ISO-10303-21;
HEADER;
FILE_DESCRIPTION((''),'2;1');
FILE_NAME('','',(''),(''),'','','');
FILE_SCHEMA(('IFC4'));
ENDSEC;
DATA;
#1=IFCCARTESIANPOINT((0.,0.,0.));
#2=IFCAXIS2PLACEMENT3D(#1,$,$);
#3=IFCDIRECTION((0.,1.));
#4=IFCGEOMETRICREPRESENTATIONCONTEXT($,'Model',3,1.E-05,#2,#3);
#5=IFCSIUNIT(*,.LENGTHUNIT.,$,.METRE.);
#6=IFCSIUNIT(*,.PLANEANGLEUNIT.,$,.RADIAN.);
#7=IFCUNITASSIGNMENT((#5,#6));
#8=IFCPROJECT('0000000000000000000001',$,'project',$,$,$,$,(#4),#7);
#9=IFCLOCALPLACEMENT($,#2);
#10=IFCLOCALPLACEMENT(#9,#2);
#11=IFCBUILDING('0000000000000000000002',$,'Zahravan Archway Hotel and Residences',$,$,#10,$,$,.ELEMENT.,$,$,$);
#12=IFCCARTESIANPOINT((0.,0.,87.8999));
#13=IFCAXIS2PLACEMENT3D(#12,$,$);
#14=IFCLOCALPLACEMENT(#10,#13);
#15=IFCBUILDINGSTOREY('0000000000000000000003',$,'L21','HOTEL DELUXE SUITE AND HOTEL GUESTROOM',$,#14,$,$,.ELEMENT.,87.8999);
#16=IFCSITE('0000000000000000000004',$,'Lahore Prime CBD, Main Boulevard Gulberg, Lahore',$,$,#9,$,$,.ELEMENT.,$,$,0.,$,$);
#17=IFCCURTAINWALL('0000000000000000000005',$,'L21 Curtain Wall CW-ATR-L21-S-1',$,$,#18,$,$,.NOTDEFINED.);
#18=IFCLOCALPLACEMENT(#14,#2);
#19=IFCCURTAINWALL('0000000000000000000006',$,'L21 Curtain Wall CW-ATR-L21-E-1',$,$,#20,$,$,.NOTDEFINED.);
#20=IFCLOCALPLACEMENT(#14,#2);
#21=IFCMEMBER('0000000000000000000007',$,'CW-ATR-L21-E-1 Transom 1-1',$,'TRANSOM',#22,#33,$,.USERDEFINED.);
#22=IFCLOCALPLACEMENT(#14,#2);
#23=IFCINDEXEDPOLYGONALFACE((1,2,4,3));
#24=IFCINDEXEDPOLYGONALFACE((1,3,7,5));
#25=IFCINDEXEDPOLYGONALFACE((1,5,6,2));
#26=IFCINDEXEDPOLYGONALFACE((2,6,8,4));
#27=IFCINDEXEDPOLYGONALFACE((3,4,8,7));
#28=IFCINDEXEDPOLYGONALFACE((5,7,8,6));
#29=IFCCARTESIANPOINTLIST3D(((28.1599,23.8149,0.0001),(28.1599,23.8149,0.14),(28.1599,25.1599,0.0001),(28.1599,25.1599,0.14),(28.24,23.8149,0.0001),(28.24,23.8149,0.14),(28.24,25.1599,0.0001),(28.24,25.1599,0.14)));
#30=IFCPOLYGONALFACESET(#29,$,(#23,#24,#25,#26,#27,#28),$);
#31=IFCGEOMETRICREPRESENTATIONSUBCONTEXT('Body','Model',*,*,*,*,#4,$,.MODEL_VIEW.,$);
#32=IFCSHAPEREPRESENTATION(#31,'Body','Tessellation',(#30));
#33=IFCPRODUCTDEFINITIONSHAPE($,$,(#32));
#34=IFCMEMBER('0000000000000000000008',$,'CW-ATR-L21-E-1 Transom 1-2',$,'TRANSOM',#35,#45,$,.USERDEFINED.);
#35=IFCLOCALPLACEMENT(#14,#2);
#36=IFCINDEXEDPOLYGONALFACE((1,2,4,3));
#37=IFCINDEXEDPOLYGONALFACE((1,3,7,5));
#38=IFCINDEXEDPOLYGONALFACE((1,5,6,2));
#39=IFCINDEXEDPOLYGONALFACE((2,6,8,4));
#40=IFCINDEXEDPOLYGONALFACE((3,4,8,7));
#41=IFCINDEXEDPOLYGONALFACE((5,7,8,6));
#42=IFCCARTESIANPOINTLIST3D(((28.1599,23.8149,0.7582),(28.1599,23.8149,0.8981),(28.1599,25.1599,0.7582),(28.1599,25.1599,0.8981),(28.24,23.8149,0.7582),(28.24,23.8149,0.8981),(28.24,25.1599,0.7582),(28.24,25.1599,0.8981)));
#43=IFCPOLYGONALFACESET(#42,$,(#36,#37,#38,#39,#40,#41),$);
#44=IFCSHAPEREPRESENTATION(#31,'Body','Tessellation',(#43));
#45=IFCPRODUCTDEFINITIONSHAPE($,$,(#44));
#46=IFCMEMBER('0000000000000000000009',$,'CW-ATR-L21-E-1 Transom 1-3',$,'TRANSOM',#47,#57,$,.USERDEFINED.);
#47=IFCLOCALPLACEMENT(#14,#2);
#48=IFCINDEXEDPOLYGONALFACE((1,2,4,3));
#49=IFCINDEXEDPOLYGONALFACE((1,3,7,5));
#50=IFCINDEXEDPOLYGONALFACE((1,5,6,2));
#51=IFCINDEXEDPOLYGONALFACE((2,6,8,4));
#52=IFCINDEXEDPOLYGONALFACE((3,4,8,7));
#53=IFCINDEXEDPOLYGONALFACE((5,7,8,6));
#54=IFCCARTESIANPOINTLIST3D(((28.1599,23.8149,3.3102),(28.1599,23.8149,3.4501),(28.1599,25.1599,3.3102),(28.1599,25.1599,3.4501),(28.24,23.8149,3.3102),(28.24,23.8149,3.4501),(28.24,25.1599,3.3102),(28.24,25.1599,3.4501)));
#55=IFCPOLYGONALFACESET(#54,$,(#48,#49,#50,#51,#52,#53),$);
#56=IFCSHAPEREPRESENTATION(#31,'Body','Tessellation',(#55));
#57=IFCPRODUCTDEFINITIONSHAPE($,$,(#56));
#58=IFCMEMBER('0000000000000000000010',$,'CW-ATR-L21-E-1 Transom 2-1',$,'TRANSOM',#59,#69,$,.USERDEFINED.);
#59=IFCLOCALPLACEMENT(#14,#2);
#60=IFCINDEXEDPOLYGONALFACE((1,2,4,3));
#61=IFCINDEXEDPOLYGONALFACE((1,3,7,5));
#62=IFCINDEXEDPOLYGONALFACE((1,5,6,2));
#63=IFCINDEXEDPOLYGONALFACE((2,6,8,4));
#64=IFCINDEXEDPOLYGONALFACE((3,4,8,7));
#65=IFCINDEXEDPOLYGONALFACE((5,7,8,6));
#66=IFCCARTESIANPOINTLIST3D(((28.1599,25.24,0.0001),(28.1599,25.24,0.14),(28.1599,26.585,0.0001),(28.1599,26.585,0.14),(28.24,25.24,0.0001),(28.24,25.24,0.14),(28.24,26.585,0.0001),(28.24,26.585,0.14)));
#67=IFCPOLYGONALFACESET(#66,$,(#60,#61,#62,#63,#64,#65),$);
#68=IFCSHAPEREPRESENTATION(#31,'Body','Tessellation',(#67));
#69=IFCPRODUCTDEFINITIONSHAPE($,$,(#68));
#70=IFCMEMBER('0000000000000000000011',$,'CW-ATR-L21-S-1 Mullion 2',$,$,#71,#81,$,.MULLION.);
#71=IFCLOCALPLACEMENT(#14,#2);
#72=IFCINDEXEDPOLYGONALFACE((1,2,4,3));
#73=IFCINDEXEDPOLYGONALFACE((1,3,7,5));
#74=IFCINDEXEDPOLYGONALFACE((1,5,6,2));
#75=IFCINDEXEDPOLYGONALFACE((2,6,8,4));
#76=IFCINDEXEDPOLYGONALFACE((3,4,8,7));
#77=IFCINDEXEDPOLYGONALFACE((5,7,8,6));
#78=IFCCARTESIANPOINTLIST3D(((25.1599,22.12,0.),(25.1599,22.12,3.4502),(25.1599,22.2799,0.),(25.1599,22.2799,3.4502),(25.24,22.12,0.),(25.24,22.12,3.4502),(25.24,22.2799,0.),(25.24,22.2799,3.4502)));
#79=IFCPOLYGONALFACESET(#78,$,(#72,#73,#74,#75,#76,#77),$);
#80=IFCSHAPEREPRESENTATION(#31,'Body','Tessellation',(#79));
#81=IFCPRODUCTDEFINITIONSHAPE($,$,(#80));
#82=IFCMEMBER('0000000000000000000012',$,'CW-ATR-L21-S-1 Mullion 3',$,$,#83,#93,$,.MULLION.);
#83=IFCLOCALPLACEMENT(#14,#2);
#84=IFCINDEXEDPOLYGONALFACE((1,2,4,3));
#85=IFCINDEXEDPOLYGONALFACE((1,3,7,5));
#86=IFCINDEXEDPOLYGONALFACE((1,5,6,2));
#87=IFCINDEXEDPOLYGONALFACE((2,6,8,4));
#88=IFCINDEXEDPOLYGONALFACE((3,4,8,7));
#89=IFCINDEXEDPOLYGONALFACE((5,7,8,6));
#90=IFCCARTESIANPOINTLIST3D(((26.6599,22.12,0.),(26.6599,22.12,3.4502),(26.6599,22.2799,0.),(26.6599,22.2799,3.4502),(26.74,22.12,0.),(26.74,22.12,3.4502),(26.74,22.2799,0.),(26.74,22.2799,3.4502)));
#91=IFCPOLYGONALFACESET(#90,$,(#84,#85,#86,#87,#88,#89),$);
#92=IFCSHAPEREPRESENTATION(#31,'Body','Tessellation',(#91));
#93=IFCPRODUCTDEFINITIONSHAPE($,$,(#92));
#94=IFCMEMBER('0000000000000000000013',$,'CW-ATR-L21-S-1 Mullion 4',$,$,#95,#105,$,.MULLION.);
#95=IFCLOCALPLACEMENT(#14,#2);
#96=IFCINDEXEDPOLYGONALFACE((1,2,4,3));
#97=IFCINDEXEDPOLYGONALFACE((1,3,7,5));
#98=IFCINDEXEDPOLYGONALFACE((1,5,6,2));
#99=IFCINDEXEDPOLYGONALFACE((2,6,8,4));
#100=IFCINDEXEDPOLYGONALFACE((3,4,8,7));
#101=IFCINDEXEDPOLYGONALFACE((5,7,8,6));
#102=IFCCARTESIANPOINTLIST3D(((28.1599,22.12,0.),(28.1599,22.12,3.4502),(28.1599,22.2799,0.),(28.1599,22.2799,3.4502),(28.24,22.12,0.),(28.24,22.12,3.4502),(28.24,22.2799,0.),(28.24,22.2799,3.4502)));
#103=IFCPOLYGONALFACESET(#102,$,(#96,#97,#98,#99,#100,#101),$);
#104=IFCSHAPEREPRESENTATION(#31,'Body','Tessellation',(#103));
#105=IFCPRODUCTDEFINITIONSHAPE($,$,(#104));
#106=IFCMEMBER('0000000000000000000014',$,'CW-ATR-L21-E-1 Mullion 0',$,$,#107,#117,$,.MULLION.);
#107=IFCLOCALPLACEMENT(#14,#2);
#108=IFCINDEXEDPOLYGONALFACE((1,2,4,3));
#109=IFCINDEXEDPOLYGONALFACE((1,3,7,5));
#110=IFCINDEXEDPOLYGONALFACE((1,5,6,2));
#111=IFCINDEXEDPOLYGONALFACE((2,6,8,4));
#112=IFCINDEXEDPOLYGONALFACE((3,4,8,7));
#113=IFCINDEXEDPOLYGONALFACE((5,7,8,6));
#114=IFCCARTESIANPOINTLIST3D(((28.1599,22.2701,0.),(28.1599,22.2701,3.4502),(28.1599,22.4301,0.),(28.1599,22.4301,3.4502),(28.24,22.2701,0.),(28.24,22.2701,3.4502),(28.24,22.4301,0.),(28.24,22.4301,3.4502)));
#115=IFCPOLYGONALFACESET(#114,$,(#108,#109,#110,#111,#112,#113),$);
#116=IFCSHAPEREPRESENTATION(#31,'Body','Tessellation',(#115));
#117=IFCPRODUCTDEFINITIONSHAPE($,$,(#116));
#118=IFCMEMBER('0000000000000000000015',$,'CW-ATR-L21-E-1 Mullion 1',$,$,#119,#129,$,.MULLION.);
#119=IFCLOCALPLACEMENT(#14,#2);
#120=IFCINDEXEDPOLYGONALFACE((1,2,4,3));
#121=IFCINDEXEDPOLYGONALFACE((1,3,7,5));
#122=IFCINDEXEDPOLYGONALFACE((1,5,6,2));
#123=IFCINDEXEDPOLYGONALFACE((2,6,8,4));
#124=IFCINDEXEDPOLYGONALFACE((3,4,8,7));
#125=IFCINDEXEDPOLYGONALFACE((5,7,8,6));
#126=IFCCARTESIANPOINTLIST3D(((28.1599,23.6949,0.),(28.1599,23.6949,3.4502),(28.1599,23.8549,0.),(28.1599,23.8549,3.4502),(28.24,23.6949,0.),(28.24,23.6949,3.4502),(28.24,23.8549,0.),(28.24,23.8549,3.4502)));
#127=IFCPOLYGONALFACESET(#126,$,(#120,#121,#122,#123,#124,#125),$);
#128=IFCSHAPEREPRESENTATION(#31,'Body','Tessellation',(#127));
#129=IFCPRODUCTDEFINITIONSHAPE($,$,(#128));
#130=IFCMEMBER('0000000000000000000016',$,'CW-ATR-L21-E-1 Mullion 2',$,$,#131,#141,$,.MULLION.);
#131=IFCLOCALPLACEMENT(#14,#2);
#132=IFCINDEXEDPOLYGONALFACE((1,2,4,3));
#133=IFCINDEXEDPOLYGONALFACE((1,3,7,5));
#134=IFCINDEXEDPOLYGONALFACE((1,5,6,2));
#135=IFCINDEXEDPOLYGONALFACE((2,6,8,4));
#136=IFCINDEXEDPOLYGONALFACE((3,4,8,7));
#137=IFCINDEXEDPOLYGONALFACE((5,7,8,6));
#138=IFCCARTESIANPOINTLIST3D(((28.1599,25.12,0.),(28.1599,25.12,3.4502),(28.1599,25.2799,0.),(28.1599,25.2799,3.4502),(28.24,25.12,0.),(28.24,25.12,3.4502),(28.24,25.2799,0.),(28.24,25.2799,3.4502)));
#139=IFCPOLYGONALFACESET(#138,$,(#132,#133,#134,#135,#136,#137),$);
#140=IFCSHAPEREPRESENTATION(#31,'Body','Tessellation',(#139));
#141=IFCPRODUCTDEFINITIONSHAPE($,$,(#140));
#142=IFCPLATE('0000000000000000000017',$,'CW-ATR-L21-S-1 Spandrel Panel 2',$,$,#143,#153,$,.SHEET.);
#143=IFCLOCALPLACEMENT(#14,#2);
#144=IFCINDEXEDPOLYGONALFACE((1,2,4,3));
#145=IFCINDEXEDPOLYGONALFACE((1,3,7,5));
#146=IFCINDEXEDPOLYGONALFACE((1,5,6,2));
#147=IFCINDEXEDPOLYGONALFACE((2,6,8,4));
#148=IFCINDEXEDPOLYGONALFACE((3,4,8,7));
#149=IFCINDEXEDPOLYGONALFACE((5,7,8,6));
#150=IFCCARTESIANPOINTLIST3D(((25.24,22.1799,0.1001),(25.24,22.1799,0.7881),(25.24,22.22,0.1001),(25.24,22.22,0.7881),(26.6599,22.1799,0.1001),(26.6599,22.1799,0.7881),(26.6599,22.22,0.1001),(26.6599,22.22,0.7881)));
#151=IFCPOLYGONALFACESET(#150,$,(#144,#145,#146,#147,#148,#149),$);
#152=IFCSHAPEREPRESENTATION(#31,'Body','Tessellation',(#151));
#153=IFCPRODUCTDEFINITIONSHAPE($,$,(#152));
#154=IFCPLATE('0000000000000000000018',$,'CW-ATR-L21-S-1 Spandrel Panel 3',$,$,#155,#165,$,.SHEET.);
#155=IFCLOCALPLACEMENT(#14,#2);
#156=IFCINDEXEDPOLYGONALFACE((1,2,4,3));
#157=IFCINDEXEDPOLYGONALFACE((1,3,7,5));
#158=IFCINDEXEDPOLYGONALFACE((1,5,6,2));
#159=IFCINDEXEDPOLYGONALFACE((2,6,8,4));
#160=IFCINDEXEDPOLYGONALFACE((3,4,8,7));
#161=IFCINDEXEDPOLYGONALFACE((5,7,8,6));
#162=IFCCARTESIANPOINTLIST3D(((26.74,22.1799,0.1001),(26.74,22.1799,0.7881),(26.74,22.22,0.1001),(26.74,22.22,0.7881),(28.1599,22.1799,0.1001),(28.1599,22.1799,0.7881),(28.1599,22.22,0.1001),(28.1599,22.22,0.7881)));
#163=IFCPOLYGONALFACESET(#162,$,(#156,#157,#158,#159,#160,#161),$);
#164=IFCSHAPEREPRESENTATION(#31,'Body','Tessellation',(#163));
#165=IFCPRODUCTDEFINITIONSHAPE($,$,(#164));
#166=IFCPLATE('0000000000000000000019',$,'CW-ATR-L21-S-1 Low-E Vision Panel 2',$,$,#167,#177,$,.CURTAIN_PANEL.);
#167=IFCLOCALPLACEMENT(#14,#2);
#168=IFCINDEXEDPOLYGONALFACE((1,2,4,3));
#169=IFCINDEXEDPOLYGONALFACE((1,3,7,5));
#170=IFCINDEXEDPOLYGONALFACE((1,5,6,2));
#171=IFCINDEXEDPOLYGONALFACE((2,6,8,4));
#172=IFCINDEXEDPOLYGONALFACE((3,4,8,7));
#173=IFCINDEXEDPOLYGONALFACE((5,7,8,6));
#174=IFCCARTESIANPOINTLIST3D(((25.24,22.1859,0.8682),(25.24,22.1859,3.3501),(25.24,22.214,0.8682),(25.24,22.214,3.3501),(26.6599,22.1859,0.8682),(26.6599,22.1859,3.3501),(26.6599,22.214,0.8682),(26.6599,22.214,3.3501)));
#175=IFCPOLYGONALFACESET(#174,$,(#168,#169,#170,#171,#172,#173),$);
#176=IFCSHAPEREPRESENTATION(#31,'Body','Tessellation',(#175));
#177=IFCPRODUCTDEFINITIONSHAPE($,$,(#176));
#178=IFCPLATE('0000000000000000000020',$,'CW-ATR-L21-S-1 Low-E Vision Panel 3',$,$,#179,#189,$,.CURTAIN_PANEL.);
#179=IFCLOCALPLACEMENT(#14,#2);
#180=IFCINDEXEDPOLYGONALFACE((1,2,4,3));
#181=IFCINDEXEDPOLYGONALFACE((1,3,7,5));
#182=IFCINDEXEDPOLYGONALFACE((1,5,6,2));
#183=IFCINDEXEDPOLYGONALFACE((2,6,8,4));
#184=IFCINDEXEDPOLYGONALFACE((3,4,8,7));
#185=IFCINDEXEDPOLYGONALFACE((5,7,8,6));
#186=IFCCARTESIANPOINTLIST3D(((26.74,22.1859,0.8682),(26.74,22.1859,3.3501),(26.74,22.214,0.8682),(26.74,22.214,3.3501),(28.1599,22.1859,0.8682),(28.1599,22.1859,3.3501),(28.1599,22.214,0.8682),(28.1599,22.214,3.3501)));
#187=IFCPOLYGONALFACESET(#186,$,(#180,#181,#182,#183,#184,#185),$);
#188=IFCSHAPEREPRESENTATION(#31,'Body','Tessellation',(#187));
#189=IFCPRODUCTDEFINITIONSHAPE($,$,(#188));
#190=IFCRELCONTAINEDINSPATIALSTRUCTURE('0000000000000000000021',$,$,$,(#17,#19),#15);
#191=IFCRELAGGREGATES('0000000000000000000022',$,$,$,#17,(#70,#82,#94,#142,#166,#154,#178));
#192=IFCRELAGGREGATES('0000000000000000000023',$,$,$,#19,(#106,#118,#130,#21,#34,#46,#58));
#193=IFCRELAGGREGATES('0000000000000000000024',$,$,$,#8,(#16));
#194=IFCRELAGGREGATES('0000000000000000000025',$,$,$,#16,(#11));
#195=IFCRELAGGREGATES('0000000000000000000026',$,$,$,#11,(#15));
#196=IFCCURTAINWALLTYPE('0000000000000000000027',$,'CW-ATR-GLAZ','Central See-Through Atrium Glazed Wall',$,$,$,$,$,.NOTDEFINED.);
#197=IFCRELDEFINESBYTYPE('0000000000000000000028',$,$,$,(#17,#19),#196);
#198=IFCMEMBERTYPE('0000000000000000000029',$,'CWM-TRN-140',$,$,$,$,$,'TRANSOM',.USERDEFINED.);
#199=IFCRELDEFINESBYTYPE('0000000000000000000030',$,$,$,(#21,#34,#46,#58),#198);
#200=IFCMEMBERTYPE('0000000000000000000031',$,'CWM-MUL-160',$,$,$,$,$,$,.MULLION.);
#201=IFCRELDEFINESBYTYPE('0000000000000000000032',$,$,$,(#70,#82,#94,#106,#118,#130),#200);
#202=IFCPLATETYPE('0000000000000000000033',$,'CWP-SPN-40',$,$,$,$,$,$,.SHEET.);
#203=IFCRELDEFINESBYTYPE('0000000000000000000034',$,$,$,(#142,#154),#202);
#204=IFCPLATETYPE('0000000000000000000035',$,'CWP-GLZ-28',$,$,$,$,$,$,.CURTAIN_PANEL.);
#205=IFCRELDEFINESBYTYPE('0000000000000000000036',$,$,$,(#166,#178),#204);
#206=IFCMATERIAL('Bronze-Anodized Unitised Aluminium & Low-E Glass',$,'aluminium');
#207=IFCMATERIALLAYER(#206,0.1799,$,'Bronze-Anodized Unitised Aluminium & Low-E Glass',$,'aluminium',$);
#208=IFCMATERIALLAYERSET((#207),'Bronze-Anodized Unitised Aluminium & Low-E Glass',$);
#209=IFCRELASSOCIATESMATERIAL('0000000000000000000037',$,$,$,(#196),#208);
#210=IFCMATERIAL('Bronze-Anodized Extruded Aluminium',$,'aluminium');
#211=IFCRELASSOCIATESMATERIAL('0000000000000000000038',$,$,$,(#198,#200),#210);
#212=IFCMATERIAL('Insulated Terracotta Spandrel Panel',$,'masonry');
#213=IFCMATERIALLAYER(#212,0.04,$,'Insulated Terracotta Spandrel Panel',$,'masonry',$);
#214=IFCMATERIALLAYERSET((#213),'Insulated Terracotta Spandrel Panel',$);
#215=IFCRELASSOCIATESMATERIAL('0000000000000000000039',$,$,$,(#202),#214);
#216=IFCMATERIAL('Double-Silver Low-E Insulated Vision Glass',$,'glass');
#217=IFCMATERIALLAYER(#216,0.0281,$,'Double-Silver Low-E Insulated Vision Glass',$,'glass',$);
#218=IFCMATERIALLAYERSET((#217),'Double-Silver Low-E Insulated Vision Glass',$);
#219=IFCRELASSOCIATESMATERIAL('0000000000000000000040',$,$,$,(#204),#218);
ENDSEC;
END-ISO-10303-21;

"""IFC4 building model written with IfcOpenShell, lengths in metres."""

from ifc_helpers import new_model, si_unit, direction, frame, origin, origin_2d, place, context, subcontext, project, spatial, rectangle, extrude, source, transform, mapped, material, layer, layer_set, material_profile, profile_set, type_object, element, aggregate, save


model = new_model("IFC4")

# Units and contexts
model_context = context("Model", 3, precision=1e-05, world=origin(), true_north=direction((0.0, 1.0)))
body_context = subcontext(model_context, "Body", "Model", "MODEL_VIEW")
ifc_project = project(units=[si_unit("LENGTHUNIT", "METRE"), si_unit("PLANEANGLEUNIT", "RADIAN")], contexts=[model_context])

# Site, building, storey
site_placement = place(None, origin())
site = spatial("IfcSite", under=ifc_project, at=site_placement, Name="Lahore Prime CBD, Main Boulevard Gulberg, Lahore", CompositionType="ELEMENT", RefElevation=0.0)
building_placement = place(site_placement, origin())
building = spatial("IfcBuilding", under=site, at=building_placement, Name="Zahravan Archway Hotel and Residences", CompositionType="ELEMENT")
storey_placement = place(building_placement, frame((0.0, 0.0, 87.8999)))
storey = spatial("IfcBuildingStorey", under=building, at=storey_placement, Name="L21", Description="HOTEL DELUXE SUITE AND HOTEL GUESTROOM", CompositionType="ELEMENT", Elevation=87.8999)

# Curtain walls, members
ifc_material_1 = material(Name="Bronze-Anodized Unitised Aluminium & Low-E Glass", Category="aluminium")
ifc_layer_1 = layer(ifc_material_1, 0.1799, Name="Bronze-Anodized Unitised Aluminium & Low-E Glass", Category="aluminium")
ifc_layer_set_1 = layer_set([ifc_layer_1], Name="Bronze-Anodized Unitised Aluminium & Low-E Glass")
curtain_wall_type = type_object("IfcCurtainWallType", Name="CW-ATR-GLAZ", Description="Central See-Through Atrium Glazed Wall", PredefinedType="NOTDEFINED", material=ifc_layer_set_1)
curtain_wall_1_placement = place(storey_placement, origin())
curtain_wall_1 = element("IfcCurtainWall", 1, at=curtain_wall_1_placement, inside=storey, type_object=curtain_wall_type, Name="L21 Curtain Wall CW-ATR-L21-S-1", PredefinedType="NOTDEFINED")
ifc_material_2 = material(Name="Bronze-Anodized Extruded Aluminium", Category="aluminium")
ifc_material_profile_1 = material_profile(ifc_material_2, rectangle(XDim=0.0801, YDim=0.1399, at=origin_2d()), Name="TRN 80x140", Category="aluminium")
ifc_profile_set_1 = profile_set([ifc_material_profile_1], Name="Bronze-Anodized Extruded Aluminium")
member_type_1 = type_object("IfcMemberType", Name="CWM-TRN-140", ElementType="TRANSOM", PredefinedType="USERDEFINED", material=ifc_profile_set_1)
curtain_wall_2_placement = place(storey_placement, origin())
curtain_wall_2 = element("IfcCurtainWall", 2, at=curtain_wall_2_placement, inside=storey, type_object=curtain_wall_type, Name="L21 Curtain Wall CW-ATR-L21-E-1", PredefinedType="NOTDEFINED")
shared_shape_1 = source(origin(), body_context, "Body", "SweptSolid", [
    extrude(rectangle(XDim=0.0801, YDim=0.1399, at=origin_2d()), origin(), (0.0, 0.0, 1.0), 1.345),
])
member_1_placement = place(storey_placement, frame((28.2, 23.8149, 0.0701), z_axis=(0.0, 1.0, 0.0), x_axis=(-1.0, 0.0, 0.0)))
member_1 = element("IfcMember", 3, at=member_1_placement, type_object=member_type_1, Name="CW-ATR-L21-E-1 Transom 1-1", ObjectType="TRANSOM", PredefinedType="USERDEFINED", context=body_context, shape_type="MappedRepresentation", body=[
    mapped(shared_shape_1, transform((0.0, 0.0, 0.0), scale=1.0)),
])
member_2_placement = place(storey_placement, frame((28.2, 23.8149, 0.8281), z_axis=(0.0, 1.0, 0.0), x_axis=(-1.0, 0.0, 0.0)))
member_2 = element("IfcMember", 4, at=member_2_placement, type_object=member_type_1, Name="CW-ATR-L21-E-1 Transom 1-2", ObjectType="TRANSOM", PredefinedType="USERDEFINED", context=body_context, shape_type="MappedRepresentation", body=[
    mapped(shared_shape_1, transform((0.0, 0.0, 0.0), scale=1.0)),
])
member_3_placement = place(storey_placement, frame((28.2, 23.8149, 3.3801), z_axis=(0.0, 1.0, 0.0), x_axis=(-1.0, 0.0, 0.0)))
member_3 = element("IfcMember", 5, at=member_3_placement, type_object=member_type_1, Name="CW-ATR-L21-E-1 Transom 1-3", ObjectType="TRANSOM", PredefinedType="USERDEFINED", context=body_context, shape_type="MappedRepresentation", body=[
    mapped(shared_shape_1, transform((0.0, 0.0, 0.0), scale=1.0)),
])
member_4_placement = place(storey_placement, frame((28.2, 25.24, 0.0701), z_axis=(0.0, 1.0, 0.0), x_axis=(-1.0, 0.0, 0.0)))
member_4 = element("IfcMember", 6, at=member_4_placement, type_object=member_type_1, Name="CW-ATR-L21-E-1 Transom 2-1", ObjectType="TRANSOM", PredefinedType="USERDEFINED", context=body_context, shape_type="MappedRepresentation", body=[
    mapped(shared_shape_1, transform((0.0, 0.0, 0.0), scale=1.0)),
])

# Members
ifc_material_profile_2 = material_profile(ifc_material_2, rectangle(XDim=0.0801, YDim=0.1599, at=origin_2d()), Name="MUL 80x160", Category="aluminium")
ifc_profile_set_2 = profile_set([ifc_material_profile_2], Name="Bronze-Anodized Extruded Aluminium")
member_type_2 = type_object("IfcMemberType", Name="CWM-MUL-160", PredefinedType="MULLION", material=ifc_profile_set_2)
shared_shape_2 = source(origin(), body_context, "Body", "SweptSolid", [
    extrude(rectangle(XDim=0.0801, YDim=0.1599, at=origin_2d()), origin(), (0.0, 0.0, 1.0), 3.4502),
])
member_5_placement = place(storey_placement, frame((25.2, 22.2, 0.0), z_axis=(0.0, 0.0, 1.0), x_axis=(1.0, 0.0, 0.0)))
member_5 = element("IfcMember", 7, at=member_5_placement, type_object=member_type_2, Name="CW-ATR-L21-S-1 Mullion 2", PredefinedType="MULLION", context=body_context, shape_type="MappedRepresentation", body=[
    mapped(shared_shape_2, transform((0.0, 0.0, 0.0), scale=1.0)),
])
member_6_placement = place(storey_placement, frame((26.7, 22.2, 0.0), z_axis=(0.0, 0.0, 1.0), x_axis=(1.0, 0.0, 0.0)))
member_6 = element("IfcMember", 8, at=member_6_placement, type_object=member_type_2, Name="CW-ATR-L21-S-1 Mullion 3", PredefinedType="MULLION", context=body_context, shape_type="MappedRepresentation", body=[
    mapped(shared_shape_2, transform((0.0, 0.0, 0.0), scale=1.0)),
])
member_7_placement = place(storey_placement, frame((28.2, 22.2, 0.0), z_axis=(0.0, 0.0, 1.0), x_axis=(1.0, 0.0, 0.0)))
member_7 = element("IfcMember", 9, at=member_7_placement, type_object=member_type_2, Name="CW-ATR-L21-S-1 Mullion 4", PredefinedType="MULLION", context=body_context, shape_type="MappedRepresentation", body=[
    mapped(shared_shape_2, transform((0.0, 0.0, 0.0), scale=1.0)),
])
member_8_placement = place(storey_placement, frame((28.2, 22.3501, 0.0), z_axis=(0.0, 0.0, 1.0), x_axis=(1.0, 0.0, 0.0)))
member_8 = element("IfcMember", 10, at=member_8_placement, type_object=member_type_2, Name="CW-ATR-L21-E-1 Mullion 0", PredefinedType="MULLION", context=body_context, shape_type="MappedRepresentation", body=[
    mapped(shared_shape_2, transform((0.0, 0.0, 0.0), scale=1.0)),
])
member_9_placement = place(storey_placement, frame((28.2, 23.7749, 0.0), z_axis=(0.0, 0.0, 1.0), x_axis=(1.0, 0.0, 0.0)))
member_9 = element("IfcMember", 11, at=member_9_placement, type_object=member_type_2, Name="CW-ATR-L21-E-1 Mullion 1", PredefinedType="MULLION", context=body_context, shape_type="MappedRepresentation", body=[
    mapped(shared_shape_2, transform((0.0, 0.0, 0.0), scale=1.0)),
])
member_10_placement = place(storey_placement, frame((28.2, 25.2, 0.0), z_axis=(0.0, 0.0, 1.0), x_axis=(1.0, 0.0, 0.0)))
member_10 = element("IfcMember", 12, at=member_10_placement, type_object=member_type_2, Name="CW-ATR-L21-E-1 Mullion 2", PredefinedType="MULLION", context=body_context, shape_type="MappedRepresentation", body=[
    mapped(shared_shape_2, transform((0.0, 0.0, 0.0), scale=1.0)),
])

# Plates
ifc_material_3 = material(Name="Insulated Terracotta Spandrel Panel", Category="masonry")
ifc_layer_2 = layer(ifc_material_3, 0.04, Name="Insulated Terracotta Spandrel Panel", Category="masonry")
ifc_layer_set_2 = layer_set([ifc_layer_2], Name="Insulated Terracotta Spandrel Panel")
plate_type_1 = type_object("IfcPlateType", Name="CWP-SPN-40", PredefinedType="SHEET", material=ifc_layer_set_2)
shared_shape_3 = source(origin(), body_context, "Body", "SweptSolid", [
    extrude(rectangle(XDim=1.4199, YDim=0.04, at=origin_2d()), origin(), (0.0, 0.0, 1.0), 0.688),
])
plate_1_placement = place(storey_placement, frame((25.95, 22.2, 0.1001), z_axis=(0.0, 0.0, 1.0), x_axis=(1.0, 0.0, 0.0)))
plate_1 = element("IfcPlate", 13, at=plate_1_placement, type_object=plate_type_1, Name="CW-ATR-L21-S-1 Spandrel Panel 2", PredefinedType="SHEET", context=body_context, shape_type="MappedRepresentation", body=[
    mapped(shared_shape_3, transform((0.0, 0.0, 0.0), scale=1.0)),
])
plate_2_placement = place(storey_placement, frame((27.45, 22.2, 0.1001), z_axis=(0.0, 0.0, 1.0), x_axis=(1.0, 0.0, 0.0)))
plate_2 = element("IfcPlate", 14, at=plate_2_placement, type_object=plate_type_1, Name="CW-ATR-L21-S-1 Spandrel Panel 3", PredefinedType="SHEET", context=body_context, shape_type="MappedRepresentation", body=[
    mapped(shared_shape_3, transform((0.0, 0.0, 0.0), scale=1.0)),
])
ifc_material_4 = material(Name="Double-Silver Low-E Insulated Vision Glass", Category="glass")
ifc_layer_3 = layer(ifc_material_4, 0.0281, Name="Double-Silver Low-E Insulated Vision Glass", Category="glass")
ifc_layer_set_3 = layer_set([ifc_layer_3], Name="Double-Silver Low-E Insulated Vision Glass")
plate_type_2 = type_object("IfcPlateType", Name="CWP-GLZ-28", PredefinedType="CURTAIN_PANEL", material=ifc_layer_set_3)
shared_shape_4 = source(origin(), body_context, "Body", "SweptSolid", [
    extrude(rectangle(XDim=1.4199, YDim=0.0281, at=origin_2d()), origin(), (0.0, 0.0, 1.0), 2.4819),
])
plate_3_placement = place(storey_placement, frame((25.95, 22.2, 0.8682), z_axis=(0.0, 0.0, 1.0), x_axis=(1.0, 0.0, 0.0)))
plate_3 = element("IfcPlate", 15, at=plate_3_placement, type_object=plate_type_2, Name="CW-ATR-L21-S-1 Low-E Vision Panel 2", PredefinedType="CURTAIN_PANEL", context=body_context, shape_type="MappedRepresentation", body=[
    mapped(shared_shape_4, transform((0.0, 0.0, 0.0), scale=1.0)),
])
plate_4_placement = place(storey_placement, frame((27.45, 22.2, 0.8682), z_axis=(0.0, 0.0, 1.0), x_axis=(1.0, 0.0, 0.0)))
plate_4 = element("IfcPlate", 16, at=plate_4_placement, type_object=plate_type_2, Name="CW-ATR-L21-S-1 Low-E Vision Panel 3", PredefinedType="CURTAIN_PANEL", context=body_context, shape_type="MappedRepresentation", body=[
    mapped(shared_shape_4, transform((0.0, 0.0, 0.0), scale=1.0)),
])
aggregate(curtain_wall_1, [member_5, member_6, member_7, plate_1, plate_3, plate_2, plate_4])
aggregate(curtain_wall_2, [member_8, member_9, member_10, member_1, member_2, member_3, member_4])

save(model, "model.ifc")
